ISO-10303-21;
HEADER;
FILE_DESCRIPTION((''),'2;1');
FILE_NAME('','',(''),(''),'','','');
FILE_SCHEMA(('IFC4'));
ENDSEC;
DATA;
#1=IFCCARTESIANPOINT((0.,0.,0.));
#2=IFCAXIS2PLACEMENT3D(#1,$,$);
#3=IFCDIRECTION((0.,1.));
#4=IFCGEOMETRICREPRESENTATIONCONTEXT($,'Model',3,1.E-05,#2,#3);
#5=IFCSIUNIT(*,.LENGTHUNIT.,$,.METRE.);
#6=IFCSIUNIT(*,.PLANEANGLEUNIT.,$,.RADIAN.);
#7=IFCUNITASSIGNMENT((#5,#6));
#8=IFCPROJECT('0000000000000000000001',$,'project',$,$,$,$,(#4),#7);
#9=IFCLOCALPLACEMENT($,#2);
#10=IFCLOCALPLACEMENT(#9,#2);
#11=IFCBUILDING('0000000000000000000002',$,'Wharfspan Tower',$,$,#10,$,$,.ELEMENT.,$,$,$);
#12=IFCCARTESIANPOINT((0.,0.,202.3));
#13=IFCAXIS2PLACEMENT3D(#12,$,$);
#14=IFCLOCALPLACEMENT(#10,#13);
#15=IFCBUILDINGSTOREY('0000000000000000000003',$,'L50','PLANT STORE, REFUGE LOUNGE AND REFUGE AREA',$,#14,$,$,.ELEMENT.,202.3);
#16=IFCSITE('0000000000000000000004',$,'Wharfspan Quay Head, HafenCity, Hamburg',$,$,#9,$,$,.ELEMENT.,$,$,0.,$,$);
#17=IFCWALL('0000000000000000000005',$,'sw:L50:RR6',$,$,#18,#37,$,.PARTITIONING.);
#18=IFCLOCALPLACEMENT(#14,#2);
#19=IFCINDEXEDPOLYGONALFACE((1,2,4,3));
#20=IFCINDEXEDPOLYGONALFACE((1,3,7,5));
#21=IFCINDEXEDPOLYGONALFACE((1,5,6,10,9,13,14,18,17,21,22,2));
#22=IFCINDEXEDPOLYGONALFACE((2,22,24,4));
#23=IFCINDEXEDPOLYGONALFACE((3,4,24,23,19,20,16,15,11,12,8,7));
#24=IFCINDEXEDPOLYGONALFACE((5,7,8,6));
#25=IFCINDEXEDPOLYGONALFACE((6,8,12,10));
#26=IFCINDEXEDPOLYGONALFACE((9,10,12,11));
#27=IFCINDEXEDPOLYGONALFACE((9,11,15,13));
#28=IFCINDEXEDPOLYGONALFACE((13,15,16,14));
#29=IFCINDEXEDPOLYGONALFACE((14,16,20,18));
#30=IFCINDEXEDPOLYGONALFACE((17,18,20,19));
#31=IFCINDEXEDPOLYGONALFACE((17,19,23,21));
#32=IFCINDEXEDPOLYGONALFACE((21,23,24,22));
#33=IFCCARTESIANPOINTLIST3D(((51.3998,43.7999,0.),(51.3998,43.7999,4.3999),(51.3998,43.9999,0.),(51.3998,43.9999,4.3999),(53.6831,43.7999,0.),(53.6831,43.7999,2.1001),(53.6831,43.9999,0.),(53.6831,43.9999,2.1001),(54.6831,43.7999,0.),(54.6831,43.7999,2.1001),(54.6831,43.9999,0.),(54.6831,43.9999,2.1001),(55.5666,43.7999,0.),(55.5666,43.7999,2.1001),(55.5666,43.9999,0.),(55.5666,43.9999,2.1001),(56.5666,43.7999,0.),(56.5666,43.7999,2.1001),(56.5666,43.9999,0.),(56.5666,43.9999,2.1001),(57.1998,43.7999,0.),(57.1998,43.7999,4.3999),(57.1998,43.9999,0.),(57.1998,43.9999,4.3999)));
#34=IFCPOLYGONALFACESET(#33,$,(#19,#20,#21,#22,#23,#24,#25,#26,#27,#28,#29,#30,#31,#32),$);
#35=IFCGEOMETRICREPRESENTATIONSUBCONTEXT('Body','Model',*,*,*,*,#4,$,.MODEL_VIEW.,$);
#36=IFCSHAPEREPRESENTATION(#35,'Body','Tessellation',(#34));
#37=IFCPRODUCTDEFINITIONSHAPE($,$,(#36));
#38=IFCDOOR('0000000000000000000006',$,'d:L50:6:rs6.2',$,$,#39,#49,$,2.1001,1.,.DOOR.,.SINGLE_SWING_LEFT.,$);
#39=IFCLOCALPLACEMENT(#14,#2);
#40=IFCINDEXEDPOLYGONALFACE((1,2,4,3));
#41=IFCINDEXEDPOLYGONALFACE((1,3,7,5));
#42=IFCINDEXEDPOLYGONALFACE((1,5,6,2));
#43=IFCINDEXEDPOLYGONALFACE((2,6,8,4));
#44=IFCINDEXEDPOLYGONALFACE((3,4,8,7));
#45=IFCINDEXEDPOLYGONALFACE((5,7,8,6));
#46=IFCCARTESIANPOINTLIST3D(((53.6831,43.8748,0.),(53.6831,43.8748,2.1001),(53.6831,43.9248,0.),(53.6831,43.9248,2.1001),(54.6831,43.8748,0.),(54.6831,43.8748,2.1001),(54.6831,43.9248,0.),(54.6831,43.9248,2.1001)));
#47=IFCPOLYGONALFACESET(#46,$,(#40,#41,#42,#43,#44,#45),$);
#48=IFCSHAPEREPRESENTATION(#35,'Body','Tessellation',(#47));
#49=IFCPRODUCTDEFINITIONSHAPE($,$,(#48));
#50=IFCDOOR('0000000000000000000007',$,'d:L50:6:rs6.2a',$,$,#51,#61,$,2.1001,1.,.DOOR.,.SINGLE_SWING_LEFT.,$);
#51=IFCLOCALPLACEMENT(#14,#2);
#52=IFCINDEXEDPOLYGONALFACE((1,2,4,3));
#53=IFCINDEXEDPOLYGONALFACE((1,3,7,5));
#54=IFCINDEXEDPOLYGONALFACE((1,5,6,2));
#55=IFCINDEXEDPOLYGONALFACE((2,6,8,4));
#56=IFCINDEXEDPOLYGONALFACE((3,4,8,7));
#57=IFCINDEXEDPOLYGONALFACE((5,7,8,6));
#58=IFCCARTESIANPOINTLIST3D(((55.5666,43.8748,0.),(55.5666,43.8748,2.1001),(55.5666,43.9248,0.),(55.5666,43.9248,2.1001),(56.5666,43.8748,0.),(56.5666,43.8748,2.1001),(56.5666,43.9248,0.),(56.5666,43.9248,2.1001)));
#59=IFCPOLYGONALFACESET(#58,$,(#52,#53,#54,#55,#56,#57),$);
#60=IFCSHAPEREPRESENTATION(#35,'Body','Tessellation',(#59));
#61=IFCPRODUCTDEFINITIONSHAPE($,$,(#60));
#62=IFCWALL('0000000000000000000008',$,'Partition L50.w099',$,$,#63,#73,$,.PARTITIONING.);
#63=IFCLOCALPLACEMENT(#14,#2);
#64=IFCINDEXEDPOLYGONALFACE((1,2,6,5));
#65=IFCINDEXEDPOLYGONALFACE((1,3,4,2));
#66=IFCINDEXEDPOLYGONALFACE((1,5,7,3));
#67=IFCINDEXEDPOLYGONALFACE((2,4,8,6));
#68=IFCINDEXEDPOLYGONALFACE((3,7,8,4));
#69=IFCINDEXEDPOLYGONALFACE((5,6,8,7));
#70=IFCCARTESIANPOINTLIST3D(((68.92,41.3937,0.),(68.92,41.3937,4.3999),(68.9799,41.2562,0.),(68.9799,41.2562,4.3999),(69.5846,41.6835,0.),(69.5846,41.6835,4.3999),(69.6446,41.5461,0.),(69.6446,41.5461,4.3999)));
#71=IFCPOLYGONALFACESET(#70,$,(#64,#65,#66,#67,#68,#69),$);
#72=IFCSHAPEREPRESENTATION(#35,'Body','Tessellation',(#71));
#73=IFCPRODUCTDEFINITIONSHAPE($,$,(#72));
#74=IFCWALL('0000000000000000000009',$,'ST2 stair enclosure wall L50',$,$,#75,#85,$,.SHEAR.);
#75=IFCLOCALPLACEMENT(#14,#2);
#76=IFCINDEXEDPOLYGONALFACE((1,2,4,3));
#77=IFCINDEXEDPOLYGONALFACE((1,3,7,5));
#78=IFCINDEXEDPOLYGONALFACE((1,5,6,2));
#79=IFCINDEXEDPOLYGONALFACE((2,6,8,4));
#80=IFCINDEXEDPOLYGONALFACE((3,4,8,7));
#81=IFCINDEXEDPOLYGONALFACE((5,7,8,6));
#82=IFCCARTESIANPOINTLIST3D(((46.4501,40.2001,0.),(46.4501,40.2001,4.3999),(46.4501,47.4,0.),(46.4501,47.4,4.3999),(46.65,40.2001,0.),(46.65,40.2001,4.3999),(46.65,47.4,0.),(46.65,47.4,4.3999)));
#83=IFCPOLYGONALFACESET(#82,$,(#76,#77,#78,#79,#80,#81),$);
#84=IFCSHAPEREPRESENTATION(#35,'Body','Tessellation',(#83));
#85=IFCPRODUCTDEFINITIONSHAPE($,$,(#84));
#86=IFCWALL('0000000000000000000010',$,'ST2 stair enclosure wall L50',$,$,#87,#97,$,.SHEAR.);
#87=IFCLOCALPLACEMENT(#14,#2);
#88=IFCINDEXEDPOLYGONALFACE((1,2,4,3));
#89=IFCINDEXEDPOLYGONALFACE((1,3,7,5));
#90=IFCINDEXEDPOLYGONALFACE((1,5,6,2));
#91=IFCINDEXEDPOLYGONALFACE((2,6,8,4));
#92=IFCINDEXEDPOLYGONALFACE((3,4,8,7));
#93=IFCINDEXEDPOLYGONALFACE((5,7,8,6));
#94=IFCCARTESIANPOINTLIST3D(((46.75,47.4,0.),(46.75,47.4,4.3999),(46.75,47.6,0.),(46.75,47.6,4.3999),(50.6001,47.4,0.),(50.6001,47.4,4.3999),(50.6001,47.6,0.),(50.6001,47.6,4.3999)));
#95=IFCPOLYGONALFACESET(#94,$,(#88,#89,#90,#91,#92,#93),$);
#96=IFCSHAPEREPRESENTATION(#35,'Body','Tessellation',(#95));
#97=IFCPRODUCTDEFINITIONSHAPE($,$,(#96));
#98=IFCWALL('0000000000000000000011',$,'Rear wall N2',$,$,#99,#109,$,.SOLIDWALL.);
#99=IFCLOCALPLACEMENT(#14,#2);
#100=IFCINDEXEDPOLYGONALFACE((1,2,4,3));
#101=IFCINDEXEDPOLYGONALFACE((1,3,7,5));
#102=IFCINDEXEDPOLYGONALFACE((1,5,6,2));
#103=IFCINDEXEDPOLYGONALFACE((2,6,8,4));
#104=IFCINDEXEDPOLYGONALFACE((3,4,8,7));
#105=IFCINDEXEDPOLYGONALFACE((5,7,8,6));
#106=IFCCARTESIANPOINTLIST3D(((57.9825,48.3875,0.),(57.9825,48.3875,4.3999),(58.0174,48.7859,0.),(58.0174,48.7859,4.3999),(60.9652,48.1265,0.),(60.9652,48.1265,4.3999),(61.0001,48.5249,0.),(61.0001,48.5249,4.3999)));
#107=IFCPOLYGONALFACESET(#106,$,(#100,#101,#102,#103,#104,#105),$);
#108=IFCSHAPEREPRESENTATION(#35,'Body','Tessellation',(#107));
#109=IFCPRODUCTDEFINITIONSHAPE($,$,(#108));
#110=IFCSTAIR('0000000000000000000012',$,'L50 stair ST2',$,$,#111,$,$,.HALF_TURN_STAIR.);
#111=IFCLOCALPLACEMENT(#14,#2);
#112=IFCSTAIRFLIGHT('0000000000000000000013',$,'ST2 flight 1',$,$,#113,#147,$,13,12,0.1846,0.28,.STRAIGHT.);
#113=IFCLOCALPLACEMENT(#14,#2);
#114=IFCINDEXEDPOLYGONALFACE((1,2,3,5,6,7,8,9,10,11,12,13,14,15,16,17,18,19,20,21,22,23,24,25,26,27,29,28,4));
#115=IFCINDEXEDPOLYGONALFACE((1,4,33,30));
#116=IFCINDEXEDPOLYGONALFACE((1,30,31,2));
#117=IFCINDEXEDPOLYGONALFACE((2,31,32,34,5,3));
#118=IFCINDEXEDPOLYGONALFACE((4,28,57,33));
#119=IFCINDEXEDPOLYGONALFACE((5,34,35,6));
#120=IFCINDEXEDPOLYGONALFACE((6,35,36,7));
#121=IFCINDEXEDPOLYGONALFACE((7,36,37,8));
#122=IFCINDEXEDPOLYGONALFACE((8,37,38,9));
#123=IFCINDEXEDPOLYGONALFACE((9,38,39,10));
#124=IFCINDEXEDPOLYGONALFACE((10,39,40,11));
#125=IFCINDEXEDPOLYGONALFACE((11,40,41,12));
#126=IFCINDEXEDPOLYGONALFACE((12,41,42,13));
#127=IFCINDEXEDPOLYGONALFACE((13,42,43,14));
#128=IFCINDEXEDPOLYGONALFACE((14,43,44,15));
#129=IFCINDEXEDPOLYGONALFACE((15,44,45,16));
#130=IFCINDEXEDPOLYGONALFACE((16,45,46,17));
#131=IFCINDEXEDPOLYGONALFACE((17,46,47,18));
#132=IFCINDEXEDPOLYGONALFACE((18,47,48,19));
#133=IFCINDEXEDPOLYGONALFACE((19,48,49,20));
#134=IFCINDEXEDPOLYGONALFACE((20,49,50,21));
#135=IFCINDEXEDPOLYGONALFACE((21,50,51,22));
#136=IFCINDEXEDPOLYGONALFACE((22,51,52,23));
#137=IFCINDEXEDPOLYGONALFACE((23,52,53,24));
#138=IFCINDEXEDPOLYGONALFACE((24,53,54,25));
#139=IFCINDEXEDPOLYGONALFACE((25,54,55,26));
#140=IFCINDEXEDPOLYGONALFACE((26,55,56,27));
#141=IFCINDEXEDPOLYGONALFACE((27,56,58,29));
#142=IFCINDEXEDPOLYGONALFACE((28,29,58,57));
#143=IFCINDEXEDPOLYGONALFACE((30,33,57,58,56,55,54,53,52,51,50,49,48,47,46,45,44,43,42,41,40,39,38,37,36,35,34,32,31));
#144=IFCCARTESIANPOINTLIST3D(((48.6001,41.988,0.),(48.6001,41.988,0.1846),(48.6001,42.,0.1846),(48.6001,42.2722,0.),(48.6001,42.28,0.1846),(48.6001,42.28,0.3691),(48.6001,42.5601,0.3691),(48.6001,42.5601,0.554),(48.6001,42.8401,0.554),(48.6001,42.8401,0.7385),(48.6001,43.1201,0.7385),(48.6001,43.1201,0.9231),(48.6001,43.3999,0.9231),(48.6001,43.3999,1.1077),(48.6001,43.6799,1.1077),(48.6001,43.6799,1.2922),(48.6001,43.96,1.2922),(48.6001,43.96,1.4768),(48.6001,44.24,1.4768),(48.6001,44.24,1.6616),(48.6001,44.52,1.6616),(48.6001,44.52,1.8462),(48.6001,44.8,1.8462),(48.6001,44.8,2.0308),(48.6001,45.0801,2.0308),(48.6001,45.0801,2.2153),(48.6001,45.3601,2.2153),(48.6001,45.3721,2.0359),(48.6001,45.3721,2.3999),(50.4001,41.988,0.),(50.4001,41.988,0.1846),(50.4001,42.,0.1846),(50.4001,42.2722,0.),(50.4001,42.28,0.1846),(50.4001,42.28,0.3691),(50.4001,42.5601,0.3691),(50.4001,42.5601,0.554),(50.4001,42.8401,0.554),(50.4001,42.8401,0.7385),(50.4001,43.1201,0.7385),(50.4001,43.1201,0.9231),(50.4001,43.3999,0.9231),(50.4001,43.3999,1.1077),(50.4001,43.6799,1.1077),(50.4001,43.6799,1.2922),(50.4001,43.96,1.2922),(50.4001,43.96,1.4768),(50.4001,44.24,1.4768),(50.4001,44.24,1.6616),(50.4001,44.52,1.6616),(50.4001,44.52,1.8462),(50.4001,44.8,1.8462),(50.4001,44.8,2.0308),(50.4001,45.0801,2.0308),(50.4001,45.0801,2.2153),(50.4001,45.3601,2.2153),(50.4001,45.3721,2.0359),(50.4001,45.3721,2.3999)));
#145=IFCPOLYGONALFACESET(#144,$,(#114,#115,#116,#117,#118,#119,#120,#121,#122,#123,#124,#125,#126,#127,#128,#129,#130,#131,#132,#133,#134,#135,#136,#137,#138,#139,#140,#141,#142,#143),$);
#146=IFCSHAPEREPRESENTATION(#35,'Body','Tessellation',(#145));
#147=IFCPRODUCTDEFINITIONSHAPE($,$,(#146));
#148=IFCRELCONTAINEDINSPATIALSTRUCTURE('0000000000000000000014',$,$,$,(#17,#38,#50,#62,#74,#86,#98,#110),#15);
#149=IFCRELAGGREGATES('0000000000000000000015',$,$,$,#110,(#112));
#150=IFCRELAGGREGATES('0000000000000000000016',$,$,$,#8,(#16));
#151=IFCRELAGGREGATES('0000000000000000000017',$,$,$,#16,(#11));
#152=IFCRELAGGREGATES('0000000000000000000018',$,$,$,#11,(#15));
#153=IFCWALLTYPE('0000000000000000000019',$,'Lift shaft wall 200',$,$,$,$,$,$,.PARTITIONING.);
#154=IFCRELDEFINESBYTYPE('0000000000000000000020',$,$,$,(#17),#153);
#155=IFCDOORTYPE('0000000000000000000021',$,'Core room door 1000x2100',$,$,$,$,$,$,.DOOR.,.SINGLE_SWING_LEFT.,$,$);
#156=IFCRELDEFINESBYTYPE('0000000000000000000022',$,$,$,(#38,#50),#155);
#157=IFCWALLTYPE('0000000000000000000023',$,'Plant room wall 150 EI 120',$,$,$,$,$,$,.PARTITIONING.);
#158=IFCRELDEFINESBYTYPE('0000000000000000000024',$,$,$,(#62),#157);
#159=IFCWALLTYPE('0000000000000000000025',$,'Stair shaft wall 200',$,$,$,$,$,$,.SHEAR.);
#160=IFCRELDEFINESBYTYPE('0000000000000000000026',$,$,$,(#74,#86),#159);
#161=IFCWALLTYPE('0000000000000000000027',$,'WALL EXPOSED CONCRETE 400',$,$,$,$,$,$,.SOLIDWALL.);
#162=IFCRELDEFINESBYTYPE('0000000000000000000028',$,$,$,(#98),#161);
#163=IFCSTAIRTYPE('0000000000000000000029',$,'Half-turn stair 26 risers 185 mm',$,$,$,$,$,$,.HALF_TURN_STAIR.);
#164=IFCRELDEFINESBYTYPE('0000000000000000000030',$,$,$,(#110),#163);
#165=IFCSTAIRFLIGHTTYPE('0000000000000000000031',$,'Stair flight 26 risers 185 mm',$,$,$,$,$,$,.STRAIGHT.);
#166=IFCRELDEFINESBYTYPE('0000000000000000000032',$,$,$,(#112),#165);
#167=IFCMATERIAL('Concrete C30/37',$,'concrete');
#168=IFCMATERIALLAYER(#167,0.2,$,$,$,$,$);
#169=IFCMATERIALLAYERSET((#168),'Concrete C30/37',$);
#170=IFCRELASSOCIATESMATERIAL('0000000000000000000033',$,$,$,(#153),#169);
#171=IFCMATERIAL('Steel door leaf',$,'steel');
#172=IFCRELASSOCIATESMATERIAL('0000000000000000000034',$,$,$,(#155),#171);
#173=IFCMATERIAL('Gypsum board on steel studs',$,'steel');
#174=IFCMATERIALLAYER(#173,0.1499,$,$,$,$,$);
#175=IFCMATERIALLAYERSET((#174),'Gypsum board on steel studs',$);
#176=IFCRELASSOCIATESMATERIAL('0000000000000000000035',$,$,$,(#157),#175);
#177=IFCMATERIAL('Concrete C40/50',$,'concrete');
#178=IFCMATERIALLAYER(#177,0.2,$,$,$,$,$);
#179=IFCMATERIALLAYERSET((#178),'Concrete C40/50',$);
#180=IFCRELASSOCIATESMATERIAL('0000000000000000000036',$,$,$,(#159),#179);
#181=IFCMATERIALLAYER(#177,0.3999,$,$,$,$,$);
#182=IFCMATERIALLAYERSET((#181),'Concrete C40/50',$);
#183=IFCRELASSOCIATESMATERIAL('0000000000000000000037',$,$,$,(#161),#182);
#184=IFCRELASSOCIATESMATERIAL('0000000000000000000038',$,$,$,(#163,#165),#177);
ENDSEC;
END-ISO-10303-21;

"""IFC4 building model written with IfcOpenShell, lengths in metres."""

from ifc_helpers import new_model, si_unit, direction, frame, frame_2d, origin, place, context, subcontext, project, spatial, polyline, rectangle, outline, extrude, material, layer, layer_set, type_object, element, fill, aggregate, save


model = new_model("IFC4")

# Units and contexts
model_context = context("Model", 3, precision=1e-05, world=origin(), true_north=direction((0.0, 1.0)))
body_context = subcontext(model_context, "Body", "Model", "MODEL_VIEW")
ifc_project = project(units=[si_unit("LENGTHUNIT", "METRE"), si_unit("PLANEANGLEUNIT", "RADIAN")], contexts=[model_context])

# Site, building, storey
site_placement = place(None, origin())
site = spatial("IfcSite", under=ifc_project, at=site_placement, Name="Wharfspan Quay Head, HafenCity, Hamburg", CompositionType="ELEMENT", RefElevation=0.0)
building_placement = place(site_placement, origin())
building = spatial("IfcBuilding", under=site, at=building_placement, Name="Wharfspan Tower", CompositionType="ELEMENT")
storey_placement = place(building_placement, frame((0.0, 0.0, 202.3)))
storey = spatial("IfcBuildingStorey", under=building, at=storey_placement, Name="L50", Description="PLANT STORE, REFUGE LOUNGE AND REFUGE AREA", CompositionType="ELEMENT", Elevation=202.3)

# Wall, openings, doors
ifc_material_1 = material(Name="Concrete C30/37", Category="concrete")
ifc_layer_1 = layer(ifc_material_1, 0.2)
ifc_layer_set_1 = layer_set([ifc_layer_1], Name="Concrete C30/37")
wall_type_1 = type_object("IfcWallType", Name="Lift shaft wall 200", PredefinedType="PARTITIONING", material=ifc_layer_set_1)
ifc_material_2 = material(Name="Steel door leaf", Category="steel")
door_type_1 = type_object("IfcDoorType", Name="Core room door 1000x2100", OperationType="SINGLE_SWING_LEFT", PredefinedType="DOOR", material=ifc_material_2)
wall_1_placement = place(storey_placement, frame((51.3999, 43.8999, 0.0), z_axis=(0.0, 0.0, 1.0), x_axis=(1.0, 0.0, 0.0)))
wall_1 = element("IfcWall", 1, at=wall_1_placement, inside=storey, type_object=wall_type_1, Name="sw:L50:RR6", PredefinedType="PARTITIONING", context=body_context, shape_type="SweptSolid", body=[
    extrude(rectangle(XDim=5.8, YDim=0.2, at=frame_2d((2.8999, 0.0))), origin(), (0.0, 0.0, 1.0), 4.3999),
])
opening_1_placement = place(wall_1_placement, frame((2.2832, 0.0, 0.0)))
opening_1 = element("IfcOpeningElement", 2, at=opening_1_placement, cuts=wall_1, PredefinedType="OPENING", context=body_context, shape_type="SweptSolid", body=[
    extrude(rectangle(XDim=1.0, YDim=2.1001, at=frame_2d((0.5, 1.05))), frame((0.0, 0.1099, 0.0), z_axis=(0.0, -1.0, 0.0), x_axis=(1.0, 0.0, 0.0)), (0.0, 0.0, 1.0), 0.22),
])
opening_2_placement = place(wall_1_placement, frame((4.1667, 0.0, 0.0)))
opening_2 = element("IfcOpeningElement", 3, at=opening_2_placement, cuts=wall_1, PredefinedType="OPENING", context=body_context, shape_type="SweptSolid", body=[
    extrude(rectangle(XDim=1.0, YDim=2.1001, at=frame_2d((0.5, 1.05))), frame((0.0, 0.1099, 0.0), z_axis=(0.0, -1.0, 0.0), x_axis=(1.0, 0.0, 0.0)), (0.0, 0.0, 1.0), 0.22),
])
door_1_placement = place(opening_1_placement, origin())
door_1 = element("IfcDoor", 4, at=door_1_placement, inside=storey, type_object=door_type_1, Name="d:L50:6:rs6.2", OperationType="SINGLE_SWING_LEFT", OverallHeight=2.1001, OverallWidth=1.0, PredefinedType="DOOR", context=body_context, shape_type="SweptSolid", body=[
    extrude(rectangle(XDim=1.0, YDim=2.1001, at=frame_2d((0.5, 1.05))), frame((0.0, 0.0249, 0.0), z_axis=(0.0, -1.0, 0.0), x_axis=(1.0, 0.0, 0.0)), (0.0, 0.0, 1.0), 0.05),
])
fill(opening_1, door_1)
door_2_placement = place(opening_2_placement, origin())
door_2 = element("IfcDoor", 5, at=door_2_placement, inside=storey, type_object=door_type_1, Name="d:L50:6:rs6.2a", OperationType="SINGLE_SWING_LEFT", OverallHeight=2.1001, OverallWidth=1.0, PredefinedType="DOOR", context=body_context, shape_type="SweptSolid", body=[
    extrude(rectangle(XDim=1.0, YDim=2.1001, at=frame_2d((0.5, 1.05))), frame((0.0, 0.0249, 0.0), z_axis=(0.0, -1.0, 0.0), x_axis=(1.0, 0.0, 0.0)), (0.0, 0.0, 1.0), 0.05),
])
fill(opening_2, door_2)

# Walls
ifc_material_3 = material(Name="Gypsum board on steel studs", Category="steel")
ifc_layer_2 = layer(ifc_material_3, 0.1499)
ifc_layer_set_2 = layer_set([ifc_layer_2], Name="Gypsum board on steel studs")
wall_type_2 = type_object("IfcWallType", Name="Plant room wall 150 EI 120", PredefinedType="PARTITIONING", material=ifc_layer_set_2)
wall_2_placement = place(storey_placement, frame((68.95, 41.325, 0.0), z_axis=(0.0, 0.0, 1.0), x_axis=(0.916633, 0.399722, 0.0)))
element("IfcWall", 6, at=wall_2_placement, inside=storey, type_object=wall_type_2, Name="Partition L50.w099", PredefinedType="PARTITIONING", context=body_context, shape_type="SweptSolid", body=[
    extrude(rectangle(XDim=0.7251, YDim=0.1499, at=frame_2d((0.3625, 0.0))), origin(), (0.0, 0.0, 1.0), 4.3999),
])
ifc_material_4 = material(Name="Concrete C40/50", Category="concrete")
ifc_layer_3 = layer(ifc_material_4, 0.2)
ifc_layer_set_3 = layer_set([ifc_layer_3], Name="Concrete C40/50")
wall_type_3 = type_object("IfcWallType", Name="Stair shaft wall 200", PredefinedType="SHEAR", material=ifc_layer_set_3)
wall_3_placement = place(storey_placement, frame((46.55, 40.2, 0.0), z_axis=(0.0, 0.0, 1.0), x_axis=(0.0, 1.0, 0.0)))
element("IfcWall", 7, at=wall_3_placement, inside=storey, type_object=wall_type_3, Name="ST2 stair enclosure wall L50", PredefinedType="SHEAR", context=body_context, shape_type="SweptSolid", body=[
    extrude(rectangle(XDim=7.2, YDim=0.2, at=frame_2d((3.6001, 0.0))), origin(), (0.0, 0.0, 1.0), 4.3999),
])
wall_4_placement = place(storey_placement, frame((46.75, 47.5, 0.0), z_axis=(0.0, 0.0, 1.0), x_axis=(1.0, 0.0, 0.0)))
element("IfcWall", 8, at=wall_4_placement, inside=storey, type_object=wall_type_3, Name="ST2 stair enclosure wall L50", PredefinedType="SHEAR", context=body_context, shape_type="SweptSolid", body=[
    extrude(rectangle(XDim=3.8501, YDim=0.2, at=frame_2d((1.925, 0.0))), origin(), (0.0, 0.0, 1.0), 4.3999),
])
ifc_layer_4 = layer(ifc_material_4, 0.3999)
ifc_layer_set_4 = layer_set([ifc_layer_4], Name="Concrete C40/50")
wall_type_4 = type_object("IfcWallType", Name="WALL EXPOSED CONCRETE 400", PredefinedType="SOLIDWALL", material=ifc_layer_set_4)
wall_5_placement = place(storey_placement, frame((60.9827, 48.3257, 0.0), z_axis=(0.0, 0.0, 1.0), x_axis=(-0.996194, 0.087168, 0.0)))
element("IfcWall", 9, at=wall_5_placement, inside=storey, type_object=wall_type_4, Name="Rear wall N2", PredefinedType="SOLIDWALL", context=body_context, shape_type="SweptSolid", body=[
    extrude(rectangle(XDim=2.9941, YDim=0.3999, at=frame_2d((1.4971, 0.0))), origin(), (0.0, 0.0, 1.0), 4.3999),
])

# Stair, stair flight
stair_type = type_object("IfcStairType", Name="Half-turn stair 26 risers 185 mm", PredefinedType="HALF_TURN_STAIR", material=ifc_material_4)
stair_placement = place(storey_placement, origin())
stair = element("IfcStair", 10, at=stair_placement, inside=storey, type_object=stair_type, Name="L50 stair ST2", PredefinedType="HALF_TURN_STAIR")
stair_flight_type = type_object("IfcStairFlightType", Name="Stair flight 26 risers 185 mm", PredefinedType="STRAIGHT", material=ifc_material_4)
stair_flight_1_placement = place(storey_placement, frame((49.5, 42.0, 0.0), z_axis=(0.0, 0.0, 1.0), x_axis=(0.0, 1.0, 0.0)))
stair_flight_1 = element("IfcStairFlight", 11, at=stair_flight_1_placement, type_object=stair_flight_type, Name="ST2 flight 1", NumberOfRisers=13, NumberOfTreads=12, PredefinedType="STRAIGHT", RiserHeight=0.1846, TreadLength=0.28, context=body_context, shape_type="SweptSolid", body=[
    extrude(outline(polyline([(-0.012, 0.0), (-0.012, 0.1846), (0.0, 0.1846), (0.28, 0.1846), (0.28, 0.3691), (0.5601, 0.3691), (0.5601, 0.554), (0.8401, 0.554), (0.8401, 0.7385), (1.1201, 0.7385), (1.1201, 0.9231), (1.3999, 0.9231), (1.3999, 1.1077), (1.6799, 1.1077), (1.6799, 1.2922), (1.96, 1.2922), (1.96, 1.4768), (2.24, 1.4768), (2.24, 1.6616), (2.52, 1.6616), (2.52, 1.8462), (2.8, 1.8462), (2.8, 2.0308), (3.0801, 2.0308), (3.0801, 2.2153), (3.3601, 2.2153), (3.3721, 2.3999), (3.3721, 2.0359), (0.2722, 0.0), (-0.012, 0.0)])), frame((0.0, 0.8999, 0.0), z_axis=(0.0, -1.0, 0.0), x_axis=(1.0, 0.0, 0.0)), (0.0, 0.0, 1.0), 1.8),
])
aggregate(stair, [stair_flight_1])

save(model, "model.ifc")
